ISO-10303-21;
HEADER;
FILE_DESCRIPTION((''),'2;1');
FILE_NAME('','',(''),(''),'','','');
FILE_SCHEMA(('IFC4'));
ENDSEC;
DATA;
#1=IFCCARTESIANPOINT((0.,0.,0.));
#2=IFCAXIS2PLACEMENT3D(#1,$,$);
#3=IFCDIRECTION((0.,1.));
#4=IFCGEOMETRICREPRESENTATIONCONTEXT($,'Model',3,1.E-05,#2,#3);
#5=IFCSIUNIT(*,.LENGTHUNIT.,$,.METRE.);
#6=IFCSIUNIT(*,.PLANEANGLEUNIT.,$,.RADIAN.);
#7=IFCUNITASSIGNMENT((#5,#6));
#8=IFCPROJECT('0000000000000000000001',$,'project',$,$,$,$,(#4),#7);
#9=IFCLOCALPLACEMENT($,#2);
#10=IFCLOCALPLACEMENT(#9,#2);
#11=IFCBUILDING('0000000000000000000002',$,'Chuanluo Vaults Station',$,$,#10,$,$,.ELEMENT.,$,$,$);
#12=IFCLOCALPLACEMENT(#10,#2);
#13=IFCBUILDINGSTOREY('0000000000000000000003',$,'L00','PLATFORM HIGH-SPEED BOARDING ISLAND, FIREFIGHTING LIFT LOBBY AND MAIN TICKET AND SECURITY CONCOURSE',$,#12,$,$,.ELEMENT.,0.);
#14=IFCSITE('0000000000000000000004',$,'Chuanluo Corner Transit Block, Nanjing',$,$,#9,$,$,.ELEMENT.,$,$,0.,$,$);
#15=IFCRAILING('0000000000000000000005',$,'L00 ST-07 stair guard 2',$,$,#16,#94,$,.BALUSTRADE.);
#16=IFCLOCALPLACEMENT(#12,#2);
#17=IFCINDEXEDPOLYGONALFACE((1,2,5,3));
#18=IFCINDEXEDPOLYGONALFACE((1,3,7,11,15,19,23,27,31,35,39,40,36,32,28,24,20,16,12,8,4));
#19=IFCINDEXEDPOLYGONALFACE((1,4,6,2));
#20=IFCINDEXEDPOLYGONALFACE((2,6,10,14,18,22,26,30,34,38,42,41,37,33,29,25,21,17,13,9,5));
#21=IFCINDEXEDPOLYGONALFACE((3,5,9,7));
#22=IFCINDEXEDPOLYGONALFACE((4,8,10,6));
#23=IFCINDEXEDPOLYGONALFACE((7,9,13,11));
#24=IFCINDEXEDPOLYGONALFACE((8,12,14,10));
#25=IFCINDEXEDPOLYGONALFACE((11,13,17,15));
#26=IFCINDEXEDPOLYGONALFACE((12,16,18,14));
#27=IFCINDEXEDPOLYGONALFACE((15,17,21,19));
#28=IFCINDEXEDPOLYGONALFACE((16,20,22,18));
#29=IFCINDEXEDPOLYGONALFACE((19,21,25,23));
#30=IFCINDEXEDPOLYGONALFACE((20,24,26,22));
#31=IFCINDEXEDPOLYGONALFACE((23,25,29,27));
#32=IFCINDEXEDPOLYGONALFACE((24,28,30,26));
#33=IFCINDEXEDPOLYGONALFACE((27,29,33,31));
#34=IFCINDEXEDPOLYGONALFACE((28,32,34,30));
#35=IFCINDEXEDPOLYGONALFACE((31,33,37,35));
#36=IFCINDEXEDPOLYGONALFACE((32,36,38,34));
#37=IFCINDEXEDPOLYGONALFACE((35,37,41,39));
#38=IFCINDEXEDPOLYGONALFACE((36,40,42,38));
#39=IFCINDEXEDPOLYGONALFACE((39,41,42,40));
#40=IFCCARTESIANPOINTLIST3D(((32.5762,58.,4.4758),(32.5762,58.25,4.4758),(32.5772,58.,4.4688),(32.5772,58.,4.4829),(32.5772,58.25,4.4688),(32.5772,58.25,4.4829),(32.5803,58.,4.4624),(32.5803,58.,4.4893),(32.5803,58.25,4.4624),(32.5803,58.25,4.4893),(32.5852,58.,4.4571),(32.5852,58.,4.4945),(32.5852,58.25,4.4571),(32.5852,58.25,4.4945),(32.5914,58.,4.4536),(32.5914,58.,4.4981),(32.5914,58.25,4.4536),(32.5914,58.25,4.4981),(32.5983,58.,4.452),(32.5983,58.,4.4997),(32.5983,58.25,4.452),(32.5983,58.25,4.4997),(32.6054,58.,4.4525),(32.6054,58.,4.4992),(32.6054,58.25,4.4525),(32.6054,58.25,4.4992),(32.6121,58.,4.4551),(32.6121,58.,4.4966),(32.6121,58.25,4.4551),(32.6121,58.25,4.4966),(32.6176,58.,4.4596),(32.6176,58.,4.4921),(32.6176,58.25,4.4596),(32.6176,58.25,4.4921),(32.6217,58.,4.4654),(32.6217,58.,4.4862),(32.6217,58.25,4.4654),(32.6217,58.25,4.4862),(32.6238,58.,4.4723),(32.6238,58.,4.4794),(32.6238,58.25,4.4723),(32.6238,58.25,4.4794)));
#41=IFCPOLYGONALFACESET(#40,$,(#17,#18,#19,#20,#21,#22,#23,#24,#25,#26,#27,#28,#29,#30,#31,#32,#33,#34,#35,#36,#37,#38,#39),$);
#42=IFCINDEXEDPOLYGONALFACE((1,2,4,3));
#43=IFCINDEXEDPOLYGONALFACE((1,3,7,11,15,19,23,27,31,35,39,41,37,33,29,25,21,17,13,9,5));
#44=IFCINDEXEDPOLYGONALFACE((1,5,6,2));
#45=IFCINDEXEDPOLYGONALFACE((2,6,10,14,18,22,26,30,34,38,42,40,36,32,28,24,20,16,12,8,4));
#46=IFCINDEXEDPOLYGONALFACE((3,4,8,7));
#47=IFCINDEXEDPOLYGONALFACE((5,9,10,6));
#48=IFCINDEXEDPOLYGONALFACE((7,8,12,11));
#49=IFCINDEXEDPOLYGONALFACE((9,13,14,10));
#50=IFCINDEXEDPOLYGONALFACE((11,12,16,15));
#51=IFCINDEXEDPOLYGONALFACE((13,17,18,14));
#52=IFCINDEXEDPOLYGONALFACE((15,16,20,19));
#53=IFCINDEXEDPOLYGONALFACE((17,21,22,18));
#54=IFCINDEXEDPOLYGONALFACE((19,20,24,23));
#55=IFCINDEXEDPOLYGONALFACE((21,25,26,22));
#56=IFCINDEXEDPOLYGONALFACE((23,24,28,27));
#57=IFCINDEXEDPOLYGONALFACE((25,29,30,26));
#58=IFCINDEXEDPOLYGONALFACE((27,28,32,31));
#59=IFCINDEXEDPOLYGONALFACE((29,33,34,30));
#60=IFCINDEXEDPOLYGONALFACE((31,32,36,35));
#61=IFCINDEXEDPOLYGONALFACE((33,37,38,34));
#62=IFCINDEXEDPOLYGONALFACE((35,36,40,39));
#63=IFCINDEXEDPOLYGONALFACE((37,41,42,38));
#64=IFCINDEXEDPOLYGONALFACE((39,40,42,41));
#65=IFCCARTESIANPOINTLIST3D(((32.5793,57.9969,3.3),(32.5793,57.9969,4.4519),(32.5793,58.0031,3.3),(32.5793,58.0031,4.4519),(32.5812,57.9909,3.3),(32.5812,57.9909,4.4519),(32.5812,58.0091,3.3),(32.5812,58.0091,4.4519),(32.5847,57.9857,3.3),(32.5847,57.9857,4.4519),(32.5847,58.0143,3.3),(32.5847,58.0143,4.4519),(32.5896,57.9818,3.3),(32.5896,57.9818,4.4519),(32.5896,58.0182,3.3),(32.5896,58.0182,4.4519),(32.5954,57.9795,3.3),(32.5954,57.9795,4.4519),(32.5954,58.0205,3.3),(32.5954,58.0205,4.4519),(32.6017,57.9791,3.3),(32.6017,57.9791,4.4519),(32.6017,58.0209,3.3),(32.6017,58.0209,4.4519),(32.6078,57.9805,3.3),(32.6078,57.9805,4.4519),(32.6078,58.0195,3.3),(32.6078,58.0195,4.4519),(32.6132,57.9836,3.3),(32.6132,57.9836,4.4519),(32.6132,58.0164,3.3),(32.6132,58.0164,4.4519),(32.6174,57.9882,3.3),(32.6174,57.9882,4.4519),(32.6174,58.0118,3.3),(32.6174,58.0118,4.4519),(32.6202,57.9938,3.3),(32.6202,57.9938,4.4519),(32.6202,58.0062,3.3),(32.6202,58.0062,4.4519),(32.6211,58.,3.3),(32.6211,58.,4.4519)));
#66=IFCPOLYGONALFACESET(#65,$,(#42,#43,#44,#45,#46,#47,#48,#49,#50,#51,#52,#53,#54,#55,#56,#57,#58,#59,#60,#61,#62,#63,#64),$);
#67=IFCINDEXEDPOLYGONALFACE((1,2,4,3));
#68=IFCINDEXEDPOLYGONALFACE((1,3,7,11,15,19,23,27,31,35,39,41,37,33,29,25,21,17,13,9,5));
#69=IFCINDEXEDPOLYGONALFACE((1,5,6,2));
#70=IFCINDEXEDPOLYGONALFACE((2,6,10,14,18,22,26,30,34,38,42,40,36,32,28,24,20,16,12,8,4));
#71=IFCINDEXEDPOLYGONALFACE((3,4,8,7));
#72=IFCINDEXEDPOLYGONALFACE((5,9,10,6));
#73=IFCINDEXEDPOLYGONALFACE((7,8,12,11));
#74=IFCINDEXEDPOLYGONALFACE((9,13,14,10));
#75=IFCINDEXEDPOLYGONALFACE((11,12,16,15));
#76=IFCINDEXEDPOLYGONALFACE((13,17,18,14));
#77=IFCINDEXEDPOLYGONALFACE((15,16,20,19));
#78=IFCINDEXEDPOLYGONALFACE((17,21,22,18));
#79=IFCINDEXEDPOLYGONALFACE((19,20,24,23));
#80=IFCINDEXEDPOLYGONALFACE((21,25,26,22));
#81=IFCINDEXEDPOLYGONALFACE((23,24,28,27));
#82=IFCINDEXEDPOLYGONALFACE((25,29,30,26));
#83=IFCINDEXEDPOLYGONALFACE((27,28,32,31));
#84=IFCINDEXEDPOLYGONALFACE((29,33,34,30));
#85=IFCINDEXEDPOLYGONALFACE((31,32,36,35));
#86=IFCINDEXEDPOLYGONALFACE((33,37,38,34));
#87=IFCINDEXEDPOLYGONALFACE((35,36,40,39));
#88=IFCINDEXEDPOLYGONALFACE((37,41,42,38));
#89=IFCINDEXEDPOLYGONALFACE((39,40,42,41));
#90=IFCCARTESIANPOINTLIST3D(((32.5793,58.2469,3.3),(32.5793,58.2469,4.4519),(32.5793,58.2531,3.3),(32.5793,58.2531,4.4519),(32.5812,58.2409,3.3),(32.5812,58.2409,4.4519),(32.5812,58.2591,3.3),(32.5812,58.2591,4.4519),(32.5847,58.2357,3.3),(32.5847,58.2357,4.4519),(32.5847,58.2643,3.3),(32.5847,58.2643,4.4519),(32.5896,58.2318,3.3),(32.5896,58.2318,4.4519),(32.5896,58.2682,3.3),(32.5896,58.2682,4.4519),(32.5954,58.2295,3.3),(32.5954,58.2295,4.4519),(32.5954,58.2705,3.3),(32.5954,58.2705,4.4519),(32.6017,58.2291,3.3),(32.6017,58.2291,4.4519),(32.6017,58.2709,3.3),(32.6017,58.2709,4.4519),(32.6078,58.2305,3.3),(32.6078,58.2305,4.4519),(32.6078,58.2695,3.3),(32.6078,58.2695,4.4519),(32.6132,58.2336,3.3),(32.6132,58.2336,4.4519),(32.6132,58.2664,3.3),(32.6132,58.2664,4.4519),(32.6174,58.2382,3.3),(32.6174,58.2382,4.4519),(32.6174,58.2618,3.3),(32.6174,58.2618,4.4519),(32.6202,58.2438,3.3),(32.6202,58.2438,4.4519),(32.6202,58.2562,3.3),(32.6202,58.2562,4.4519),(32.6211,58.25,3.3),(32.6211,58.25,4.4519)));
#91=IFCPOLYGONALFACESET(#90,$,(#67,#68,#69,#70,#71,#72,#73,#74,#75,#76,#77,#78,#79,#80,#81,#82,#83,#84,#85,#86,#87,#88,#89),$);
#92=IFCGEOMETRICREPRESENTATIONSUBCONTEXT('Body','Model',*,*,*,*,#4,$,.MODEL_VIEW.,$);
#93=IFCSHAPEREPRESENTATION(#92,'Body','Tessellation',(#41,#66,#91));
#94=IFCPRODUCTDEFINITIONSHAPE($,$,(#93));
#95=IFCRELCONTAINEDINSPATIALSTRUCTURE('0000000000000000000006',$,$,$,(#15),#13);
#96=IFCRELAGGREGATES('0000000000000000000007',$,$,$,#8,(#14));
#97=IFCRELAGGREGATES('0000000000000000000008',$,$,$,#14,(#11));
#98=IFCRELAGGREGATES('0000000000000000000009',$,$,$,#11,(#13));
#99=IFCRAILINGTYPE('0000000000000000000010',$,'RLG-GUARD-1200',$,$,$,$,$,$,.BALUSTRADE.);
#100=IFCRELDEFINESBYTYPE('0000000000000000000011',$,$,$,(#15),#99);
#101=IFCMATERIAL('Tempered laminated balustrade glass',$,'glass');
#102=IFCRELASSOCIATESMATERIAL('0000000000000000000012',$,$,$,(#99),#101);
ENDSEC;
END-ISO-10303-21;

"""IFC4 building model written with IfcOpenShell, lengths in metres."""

from ifc_helpers import new_model, si_unit, direction, frame, origin, origin_2d, place, context, subcontext, project, spatial, circle, extrude, material, type_object, element, save


model = new_model("IFC4")

# Units and contexts
model_context = context("Model", 3, precision=1e-05, world=origin(), true_north=direction((0.0, 1.0)))
body_context = subcontext(model_context, "Body", "Model", "MODEL_VIEW")
ifc_project = project(units=[si_unit("LENGTHUNIT", "METRE"), si_unit("PLANEANGLEUNIT", "RADIAN")], contexts=[model_context])

# Site, building, storey
site_placement = place(None, origin())
site = spatial("IfcSite", under=ifc_project, at=site_placement, Name="Chuanluo Corner Transit Block, Nanjing", CompositionType="ELEMENT", RefElevation=0.0)
building_placement = place(site_placement, origin())
building = spatial("IfcBuilding", under=site, at=building_placement, Name="Chuanluo Vaults Station", CompositionType="ELEMENT")
storey_placement = place(building_placement, origin())
storey = spatial("IfcBuildingStorey", under=building, at=storey_placement, Name="L00", Description="PLATFORM HIGH-SPEED BOARDING ISLAND, FIREFIGHTING LIFT LOBBY AND MAIN TICKET AND SECURITY CONCOURSE", CompositionType="ELEMENT", Elevation=0.0)

# Railing
ifc_material_1 = material(Name="Tempered laminated balustrade glass", Category="glass")
railing_type_1 = type_object("IfcRailingType", Name="RLG-GUARD-1200", PredefinedType="BALUSTRADE", material=ifc_material_1)
railing_1_placement = place(storey_placement, frame((32.6001, 58.0, 3.3)))
element("IfcRailing", 1, at=railing_1_placement, inside=storey, type_object=railing_type_1, Name="L00 ST-07 stair guard 2", PredefinedType="BALUSTRADE", context=body_context, shape_type="SweptSolid", body=[
    extrude(circle(Radius=0.0239, at=origin_2d()), frame((0.0, 0.0, 1.1758), z_axis=(0.0, 1.0, 0.0), x_axis=(-1.0, 0.0, 0.0)), (0.0, 0.0, 1.0), 0.25),
    extrude(circle(Radius=0.021, at=origin_2d()), origin(), (0.0, 0.0, 1.0), 1.1519),
    extrude(circle(Radius=0.021, at=origin_2d()), frame((0.0, 0.25, 0.0)), (0.0, 0.0, 1.0), 1.1519),
])

save(model, "model.ifc")
